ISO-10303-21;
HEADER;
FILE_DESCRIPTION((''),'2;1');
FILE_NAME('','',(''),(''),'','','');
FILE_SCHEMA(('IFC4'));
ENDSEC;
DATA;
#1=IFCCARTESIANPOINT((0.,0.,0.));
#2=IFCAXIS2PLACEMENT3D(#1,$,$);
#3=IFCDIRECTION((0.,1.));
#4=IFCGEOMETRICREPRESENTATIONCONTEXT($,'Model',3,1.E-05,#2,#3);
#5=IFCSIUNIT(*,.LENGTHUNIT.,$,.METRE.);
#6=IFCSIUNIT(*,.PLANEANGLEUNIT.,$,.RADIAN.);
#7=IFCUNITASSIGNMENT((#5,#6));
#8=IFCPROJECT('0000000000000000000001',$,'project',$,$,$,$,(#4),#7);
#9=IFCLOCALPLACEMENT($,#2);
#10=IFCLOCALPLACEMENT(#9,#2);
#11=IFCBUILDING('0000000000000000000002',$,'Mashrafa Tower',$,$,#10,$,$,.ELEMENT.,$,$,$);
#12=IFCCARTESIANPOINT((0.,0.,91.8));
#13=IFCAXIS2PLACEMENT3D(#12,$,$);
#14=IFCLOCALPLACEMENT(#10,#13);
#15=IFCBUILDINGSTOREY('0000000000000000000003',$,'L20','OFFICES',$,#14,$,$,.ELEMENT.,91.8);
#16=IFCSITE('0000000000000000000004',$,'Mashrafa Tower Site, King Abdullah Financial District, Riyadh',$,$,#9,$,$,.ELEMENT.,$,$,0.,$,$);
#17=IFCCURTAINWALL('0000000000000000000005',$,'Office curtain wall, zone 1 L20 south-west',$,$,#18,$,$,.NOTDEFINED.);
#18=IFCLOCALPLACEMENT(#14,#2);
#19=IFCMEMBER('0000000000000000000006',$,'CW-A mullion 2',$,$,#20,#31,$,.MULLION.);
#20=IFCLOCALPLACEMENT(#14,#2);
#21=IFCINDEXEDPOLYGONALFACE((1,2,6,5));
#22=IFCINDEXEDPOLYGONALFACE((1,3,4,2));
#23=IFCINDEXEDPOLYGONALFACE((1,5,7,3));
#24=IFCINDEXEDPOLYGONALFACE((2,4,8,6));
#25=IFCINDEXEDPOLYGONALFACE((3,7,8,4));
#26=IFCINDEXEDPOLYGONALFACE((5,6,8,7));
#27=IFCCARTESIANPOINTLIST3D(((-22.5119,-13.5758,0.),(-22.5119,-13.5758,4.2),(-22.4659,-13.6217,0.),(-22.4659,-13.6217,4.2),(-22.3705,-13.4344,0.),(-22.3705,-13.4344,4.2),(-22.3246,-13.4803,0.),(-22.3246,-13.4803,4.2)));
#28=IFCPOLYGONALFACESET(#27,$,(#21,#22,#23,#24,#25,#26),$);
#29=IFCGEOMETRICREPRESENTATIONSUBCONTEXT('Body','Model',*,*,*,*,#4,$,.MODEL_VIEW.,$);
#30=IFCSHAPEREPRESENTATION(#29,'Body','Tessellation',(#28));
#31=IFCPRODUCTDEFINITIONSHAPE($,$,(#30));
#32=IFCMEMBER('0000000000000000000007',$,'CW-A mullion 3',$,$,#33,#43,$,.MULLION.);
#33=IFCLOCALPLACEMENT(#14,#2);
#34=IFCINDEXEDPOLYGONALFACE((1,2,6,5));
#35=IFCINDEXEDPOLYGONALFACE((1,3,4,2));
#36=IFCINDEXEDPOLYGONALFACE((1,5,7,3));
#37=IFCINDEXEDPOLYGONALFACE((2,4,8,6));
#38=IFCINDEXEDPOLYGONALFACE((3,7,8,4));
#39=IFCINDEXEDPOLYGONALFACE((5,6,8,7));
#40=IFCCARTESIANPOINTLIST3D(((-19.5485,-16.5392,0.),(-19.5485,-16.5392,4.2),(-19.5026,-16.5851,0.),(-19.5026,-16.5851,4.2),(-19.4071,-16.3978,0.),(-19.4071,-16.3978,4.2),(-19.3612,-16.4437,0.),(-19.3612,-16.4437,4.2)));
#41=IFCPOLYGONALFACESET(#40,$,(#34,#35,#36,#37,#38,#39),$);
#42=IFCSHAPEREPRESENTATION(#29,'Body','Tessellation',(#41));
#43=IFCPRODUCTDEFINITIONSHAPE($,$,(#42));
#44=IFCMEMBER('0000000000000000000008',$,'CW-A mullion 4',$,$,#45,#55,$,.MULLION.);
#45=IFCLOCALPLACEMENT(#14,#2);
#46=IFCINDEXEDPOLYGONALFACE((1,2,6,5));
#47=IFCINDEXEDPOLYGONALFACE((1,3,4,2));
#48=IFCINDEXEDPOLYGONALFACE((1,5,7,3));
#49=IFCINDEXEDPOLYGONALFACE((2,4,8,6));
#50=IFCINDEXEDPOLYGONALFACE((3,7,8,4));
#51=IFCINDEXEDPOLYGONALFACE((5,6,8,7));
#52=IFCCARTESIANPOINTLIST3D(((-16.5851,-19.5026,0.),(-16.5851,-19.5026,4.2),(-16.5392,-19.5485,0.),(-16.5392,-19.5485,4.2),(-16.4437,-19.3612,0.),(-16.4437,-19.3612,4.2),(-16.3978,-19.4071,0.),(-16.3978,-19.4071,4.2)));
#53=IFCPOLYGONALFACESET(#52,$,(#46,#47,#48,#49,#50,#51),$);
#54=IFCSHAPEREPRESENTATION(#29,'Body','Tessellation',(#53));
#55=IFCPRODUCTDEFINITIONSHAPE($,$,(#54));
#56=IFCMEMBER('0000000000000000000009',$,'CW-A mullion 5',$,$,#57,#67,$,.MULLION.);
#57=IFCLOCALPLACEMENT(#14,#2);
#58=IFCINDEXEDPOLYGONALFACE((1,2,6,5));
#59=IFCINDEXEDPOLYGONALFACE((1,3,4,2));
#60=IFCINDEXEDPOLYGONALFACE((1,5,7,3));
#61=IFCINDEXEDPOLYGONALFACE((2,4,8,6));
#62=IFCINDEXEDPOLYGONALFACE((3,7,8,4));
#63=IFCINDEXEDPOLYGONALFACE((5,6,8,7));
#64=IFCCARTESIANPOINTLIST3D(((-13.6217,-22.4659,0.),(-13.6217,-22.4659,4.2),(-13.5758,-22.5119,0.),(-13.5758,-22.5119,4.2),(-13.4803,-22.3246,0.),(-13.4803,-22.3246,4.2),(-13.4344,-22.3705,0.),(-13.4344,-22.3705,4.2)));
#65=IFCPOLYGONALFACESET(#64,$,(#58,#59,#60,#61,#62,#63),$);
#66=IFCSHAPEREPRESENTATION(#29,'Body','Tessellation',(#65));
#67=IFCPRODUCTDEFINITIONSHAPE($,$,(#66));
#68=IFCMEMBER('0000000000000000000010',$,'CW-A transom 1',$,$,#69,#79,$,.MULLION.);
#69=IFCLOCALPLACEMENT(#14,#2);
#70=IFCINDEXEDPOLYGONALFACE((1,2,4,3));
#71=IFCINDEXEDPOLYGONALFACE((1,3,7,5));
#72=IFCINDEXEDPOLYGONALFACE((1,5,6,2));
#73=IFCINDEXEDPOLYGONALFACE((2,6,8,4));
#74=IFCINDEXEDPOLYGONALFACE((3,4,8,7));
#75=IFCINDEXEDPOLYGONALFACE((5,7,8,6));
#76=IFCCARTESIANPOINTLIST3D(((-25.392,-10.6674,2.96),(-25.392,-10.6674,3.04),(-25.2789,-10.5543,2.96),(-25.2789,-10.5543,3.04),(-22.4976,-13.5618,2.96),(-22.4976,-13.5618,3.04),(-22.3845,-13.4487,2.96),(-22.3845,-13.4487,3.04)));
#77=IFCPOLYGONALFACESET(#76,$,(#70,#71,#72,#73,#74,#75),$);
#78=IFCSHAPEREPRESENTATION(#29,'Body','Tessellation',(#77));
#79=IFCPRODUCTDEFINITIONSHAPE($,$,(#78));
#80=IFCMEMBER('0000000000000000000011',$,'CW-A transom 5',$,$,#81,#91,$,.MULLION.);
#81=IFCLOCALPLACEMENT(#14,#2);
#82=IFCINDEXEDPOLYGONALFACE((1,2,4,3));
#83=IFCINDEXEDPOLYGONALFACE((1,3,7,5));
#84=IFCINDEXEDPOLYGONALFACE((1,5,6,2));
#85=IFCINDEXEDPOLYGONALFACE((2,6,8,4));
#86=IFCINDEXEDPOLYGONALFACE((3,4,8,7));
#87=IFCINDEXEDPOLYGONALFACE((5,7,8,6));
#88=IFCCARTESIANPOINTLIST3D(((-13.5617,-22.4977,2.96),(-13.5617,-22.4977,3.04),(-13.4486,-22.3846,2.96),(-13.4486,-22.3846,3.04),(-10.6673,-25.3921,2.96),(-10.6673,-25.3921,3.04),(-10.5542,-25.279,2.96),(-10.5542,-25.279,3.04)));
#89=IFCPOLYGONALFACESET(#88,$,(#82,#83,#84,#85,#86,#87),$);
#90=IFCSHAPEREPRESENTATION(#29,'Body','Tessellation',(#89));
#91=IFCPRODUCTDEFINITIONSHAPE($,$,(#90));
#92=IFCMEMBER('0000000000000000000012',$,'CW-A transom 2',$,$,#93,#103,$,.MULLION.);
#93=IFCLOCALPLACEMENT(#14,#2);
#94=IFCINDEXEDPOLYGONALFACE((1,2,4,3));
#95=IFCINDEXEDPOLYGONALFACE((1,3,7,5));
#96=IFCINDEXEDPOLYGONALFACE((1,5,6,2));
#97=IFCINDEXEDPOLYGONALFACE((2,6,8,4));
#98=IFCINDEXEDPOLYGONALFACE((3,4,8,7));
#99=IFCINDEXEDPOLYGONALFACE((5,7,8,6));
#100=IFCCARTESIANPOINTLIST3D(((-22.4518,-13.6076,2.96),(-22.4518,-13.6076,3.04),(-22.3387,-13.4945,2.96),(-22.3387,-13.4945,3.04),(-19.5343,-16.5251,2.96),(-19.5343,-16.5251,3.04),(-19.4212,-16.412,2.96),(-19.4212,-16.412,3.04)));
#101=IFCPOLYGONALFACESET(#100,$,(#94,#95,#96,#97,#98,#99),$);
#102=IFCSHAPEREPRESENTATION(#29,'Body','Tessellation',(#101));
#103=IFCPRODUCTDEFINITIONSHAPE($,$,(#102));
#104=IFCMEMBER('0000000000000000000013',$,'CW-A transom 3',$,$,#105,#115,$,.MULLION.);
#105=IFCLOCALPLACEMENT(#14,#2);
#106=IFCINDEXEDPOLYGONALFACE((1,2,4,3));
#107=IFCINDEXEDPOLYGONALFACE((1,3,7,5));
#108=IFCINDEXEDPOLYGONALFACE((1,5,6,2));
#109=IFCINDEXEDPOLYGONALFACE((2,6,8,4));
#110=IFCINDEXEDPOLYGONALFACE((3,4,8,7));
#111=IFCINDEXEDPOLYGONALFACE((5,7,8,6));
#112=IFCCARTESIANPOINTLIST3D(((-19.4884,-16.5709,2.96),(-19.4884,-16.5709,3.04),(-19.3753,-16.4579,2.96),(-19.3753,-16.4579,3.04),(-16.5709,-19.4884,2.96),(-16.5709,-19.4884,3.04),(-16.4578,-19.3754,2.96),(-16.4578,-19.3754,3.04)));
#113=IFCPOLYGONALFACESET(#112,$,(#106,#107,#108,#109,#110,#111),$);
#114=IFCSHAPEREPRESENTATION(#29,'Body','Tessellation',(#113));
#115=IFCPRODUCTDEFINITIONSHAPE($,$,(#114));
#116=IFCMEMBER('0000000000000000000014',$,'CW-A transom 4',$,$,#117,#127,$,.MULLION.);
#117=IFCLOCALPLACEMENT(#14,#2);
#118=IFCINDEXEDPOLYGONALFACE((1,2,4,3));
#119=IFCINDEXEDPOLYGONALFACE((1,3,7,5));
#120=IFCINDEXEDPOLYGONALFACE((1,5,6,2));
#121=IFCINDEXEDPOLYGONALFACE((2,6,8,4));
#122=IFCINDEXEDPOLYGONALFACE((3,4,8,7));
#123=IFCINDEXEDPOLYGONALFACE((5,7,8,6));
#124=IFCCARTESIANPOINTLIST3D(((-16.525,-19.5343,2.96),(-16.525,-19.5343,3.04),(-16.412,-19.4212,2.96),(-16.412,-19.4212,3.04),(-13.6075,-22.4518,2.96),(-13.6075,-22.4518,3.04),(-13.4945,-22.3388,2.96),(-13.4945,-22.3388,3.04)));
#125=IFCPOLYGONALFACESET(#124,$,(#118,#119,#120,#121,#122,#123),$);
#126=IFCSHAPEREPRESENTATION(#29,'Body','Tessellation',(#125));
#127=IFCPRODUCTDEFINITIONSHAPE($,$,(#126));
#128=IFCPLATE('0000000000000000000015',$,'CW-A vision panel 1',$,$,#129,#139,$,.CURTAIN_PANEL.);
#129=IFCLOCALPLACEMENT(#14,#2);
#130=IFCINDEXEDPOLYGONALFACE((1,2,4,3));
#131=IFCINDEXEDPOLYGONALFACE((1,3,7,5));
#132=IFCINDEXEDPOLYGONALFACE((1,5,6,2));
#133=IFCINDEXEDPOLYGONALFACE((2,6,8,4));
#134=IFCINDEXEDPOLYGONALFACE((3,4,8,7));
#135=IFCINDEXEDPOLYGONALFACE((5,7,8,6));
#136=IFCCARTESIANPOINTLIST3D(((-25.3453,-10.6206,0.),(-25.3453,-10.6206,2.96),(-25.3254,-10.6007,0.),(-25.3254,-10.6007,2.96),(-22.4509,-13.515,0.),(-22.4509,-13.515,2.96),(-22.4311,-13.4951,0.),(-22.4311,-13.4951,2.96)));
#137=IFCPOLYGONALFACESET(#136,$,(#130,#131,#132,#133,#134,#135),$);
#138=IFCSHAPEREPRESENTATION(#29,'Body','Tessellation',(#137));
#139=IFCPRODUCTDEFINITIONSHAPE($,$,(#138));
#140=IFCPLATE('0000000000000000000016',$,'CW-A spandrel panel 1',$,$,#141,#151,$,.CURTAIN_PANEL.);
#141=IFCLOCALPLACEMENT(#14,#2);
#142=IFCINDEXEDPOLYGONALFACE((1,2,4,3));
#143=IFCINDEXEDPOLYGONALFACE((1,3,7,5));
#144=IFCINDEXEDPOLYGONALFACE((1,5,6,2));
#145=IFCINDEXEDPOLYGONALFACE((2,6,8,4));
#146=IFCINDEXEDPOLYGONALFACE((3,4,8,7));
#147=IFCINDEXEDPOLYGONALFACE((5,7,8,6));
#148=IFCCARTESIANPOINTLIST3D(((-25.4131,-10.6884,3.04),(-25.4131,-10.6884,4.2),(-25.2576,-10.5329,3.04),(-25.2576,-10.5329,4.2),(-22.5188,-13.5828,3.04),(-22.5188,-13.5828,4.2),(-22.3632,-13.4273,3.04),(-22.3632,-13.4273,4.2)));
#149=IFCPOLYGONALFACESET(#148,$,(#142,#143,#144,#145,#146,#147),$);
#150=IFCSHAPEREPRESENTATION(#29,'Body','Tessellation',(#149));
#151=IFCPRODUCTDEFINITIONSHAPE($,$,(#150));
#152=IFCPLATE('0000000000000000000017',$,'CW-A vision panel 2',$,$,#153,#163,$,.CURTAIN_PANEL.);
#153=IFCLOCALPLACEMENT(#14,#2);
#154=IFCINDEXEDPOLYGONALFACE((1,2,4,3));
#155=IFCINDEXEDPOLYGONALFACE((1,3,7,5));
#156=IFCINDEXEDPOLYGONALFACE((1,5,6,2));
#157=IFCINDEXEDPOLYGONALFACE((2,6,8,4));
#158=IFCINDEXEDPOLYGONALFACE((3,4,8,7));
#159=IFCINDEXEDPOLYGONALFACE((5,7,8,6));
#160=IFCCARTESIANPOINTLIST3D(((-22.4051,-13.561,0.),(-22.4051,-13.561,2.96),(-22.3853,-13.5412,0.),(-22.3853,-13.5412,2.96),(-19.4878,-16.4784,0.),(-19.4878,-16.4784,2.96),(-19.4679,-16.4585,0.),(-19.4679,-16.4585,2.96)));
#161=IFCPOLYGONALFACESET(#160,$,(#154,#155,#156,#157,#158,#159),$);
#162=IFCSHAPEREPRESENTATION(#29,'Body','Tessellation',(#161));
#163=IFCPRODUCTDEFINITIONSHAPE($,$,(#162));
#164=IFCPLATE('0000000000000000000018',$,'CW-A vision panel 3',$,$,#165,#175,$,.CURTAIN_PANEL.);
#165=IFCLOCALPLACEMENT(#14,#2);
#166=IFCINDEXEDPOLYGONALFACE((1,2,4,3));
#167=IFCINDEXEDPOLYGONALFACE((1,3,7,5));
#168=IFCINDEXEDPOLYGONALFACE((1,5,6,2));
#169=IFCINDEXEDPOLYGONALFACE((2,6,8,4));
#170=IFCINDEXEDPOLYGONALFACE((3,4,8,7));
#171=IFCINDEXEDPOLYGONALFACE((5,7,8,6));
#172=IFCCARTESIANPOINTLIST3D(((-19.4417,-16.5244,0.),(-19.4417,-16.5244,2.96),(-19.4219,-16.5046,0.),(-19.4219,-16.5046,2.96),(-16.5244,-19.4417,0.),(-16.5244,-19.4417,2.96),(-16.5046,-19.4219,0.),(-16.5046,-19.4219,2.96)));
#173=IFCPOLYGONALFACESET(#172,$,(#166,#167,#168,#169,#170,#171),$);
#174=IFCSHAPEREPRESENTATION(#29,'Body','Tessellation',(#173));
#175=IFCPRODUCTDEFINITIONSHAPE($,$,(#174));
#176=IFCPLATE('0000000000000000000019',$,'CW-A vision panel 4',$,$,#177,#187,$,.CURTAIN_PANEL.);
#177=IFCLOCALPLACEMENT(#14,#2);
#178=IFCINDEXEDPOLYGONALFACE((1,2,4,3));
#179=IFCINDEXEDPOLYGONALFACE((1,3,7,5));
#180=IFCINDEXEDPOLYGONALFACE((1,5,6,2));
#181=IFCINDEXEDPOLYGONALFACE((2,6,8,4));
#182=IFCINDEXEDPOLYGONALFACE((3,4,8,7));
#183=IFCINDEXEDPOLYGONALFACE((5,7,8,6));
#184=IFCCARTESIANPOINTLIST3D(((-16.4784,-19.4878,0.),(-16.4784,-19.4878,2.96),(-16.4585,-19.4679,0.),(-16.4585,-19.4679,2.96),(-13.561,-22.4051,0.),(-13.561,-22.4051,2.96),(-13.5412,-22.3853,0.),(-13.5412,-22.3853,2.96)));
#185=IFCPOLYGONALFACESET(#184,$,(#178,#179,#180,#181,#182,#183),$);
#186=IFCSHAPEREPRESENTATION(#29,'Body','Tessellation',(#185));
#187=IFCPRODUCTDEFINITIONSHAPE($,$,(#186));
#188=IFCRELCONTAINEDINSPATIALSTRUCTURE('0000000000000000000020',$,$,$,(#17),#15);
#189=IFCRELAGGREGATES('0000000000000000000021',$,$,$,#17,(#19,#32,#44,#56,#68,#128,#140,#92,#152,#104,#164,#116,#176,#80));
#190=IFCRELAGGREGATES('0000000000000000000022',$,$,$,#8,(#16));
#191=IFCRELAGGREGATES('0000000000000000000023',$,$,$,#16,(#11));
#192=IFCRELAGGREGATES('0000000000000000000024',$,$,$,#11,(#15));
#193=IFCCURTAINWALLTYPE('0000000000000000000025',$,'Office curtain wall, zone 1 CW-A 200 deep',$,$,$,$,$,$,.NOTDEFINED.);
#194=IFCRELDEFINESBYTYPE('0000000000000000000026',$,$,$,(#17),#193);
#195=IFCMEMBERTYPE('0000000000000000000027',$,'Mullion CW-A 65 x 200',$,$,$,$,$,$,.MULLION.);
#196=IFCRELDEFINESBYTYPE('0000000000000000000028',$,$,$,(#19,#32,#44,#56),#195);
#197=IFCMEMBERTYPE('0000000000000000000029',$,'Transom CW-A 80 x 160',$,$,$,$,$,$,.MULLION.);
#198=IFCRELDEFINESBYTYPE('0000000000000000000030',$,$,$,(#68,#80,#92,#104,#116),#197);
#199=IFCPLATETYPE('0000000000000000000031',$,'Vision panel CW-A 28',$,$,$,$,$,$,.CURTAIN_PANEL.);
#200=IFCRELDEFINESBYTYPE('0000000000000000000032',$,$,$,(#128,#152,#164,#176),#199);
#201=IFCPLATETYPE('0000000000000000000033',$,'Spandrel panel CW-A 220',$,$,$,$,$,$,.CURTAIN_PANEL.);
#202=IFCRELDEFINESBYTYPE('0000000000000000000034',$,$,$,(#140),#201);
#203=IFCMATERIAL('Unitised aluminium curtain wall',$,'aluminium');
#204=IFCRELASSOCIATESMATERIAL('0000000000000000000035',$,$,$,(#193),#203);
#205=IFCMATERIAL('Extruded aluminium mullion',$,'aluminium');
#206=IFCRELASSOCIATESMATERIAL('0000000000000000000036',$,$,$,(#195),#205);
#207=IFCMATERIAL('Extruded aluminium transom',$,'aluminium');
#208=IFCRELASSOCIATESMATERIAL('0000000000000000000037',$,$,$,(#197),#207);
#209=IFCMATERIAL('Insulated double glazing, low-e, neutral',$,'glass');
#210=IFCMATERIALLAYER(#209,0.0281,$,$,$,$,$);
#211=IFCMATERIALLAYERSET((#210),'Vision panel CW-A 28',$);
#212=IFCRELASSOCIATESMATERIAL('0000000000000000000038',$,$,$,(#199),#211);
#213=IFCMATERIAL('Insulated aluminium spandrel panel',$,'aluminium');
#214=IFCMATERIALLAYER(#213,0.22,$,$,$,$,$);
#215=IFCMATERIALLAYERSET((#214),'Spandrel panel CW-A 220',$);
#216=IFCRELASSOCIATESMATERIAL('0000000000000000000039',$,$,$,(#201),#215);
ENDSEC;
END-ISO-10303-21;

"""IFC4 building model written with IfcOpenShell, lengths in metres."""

from ifc_helpers import new_model, si_unit, direction, frame, origin, origin_2d, place, context, subcontext, project, spatial, rectangle, extrude, source, transform, mapped, material, layer, layer_set, material_profile, profile_set, type_object, type_shapes, element, aggregate, save


model = new_model("IFC4")

# Units and contexts
model_context = context("Model", 3, precision=1e-05, world=origin(), true_north=direction((0.0, 1.0)))
body_context = subcontext(model_context, "Body", "Model", "MODEL_VIEW")
ifc_project = project(units=[si_unit("LENGTHUNIT", "METRE"), si_unit("PLANEANGLEUNIT", "RADIAN")], contexts=[model_context])

# Site, building, storey
site_placement = place(None, origin())
site = spatial("IfcSite", under=ifc_project, at=site_placement, Name="Mashrafa Tower Site, King Abdullah Financial District, Riyadh", CompositionType="ELEMENT", RefElevation=0.0)
building_placement = place(site_placement, origin())
building = spatial("IfcBuilding", under=site, at=building_placement, Name="Mashrafa Tower", CompositionType="ELEMENT")
storey_placement = place(building_placement, frame((0.0, 0.0, 91.8)))
storey = spatial("IfcBuildingStorey", under=building, at=storey_placement, Name="L20", Description="OFFICES", CompositionType="ELEMENT", Elevation=91.8)

# Shared definitions
ifc_material_1 = material(Name="Unitised aluminium curtain wall", Category="aluminium")
curtain_wall_type = type_object("IfcCurtainWallType", Name="Office curtain wall, zone 1 CW-A 200 deep", PredefinedType="NOTDEFINED", material=ifc_material_1)
ifc_material_2 = material(Name="Extruded aluminium mullion", Category="aluminium")
ifc_material_profile_1 = material_profile(ifc_material_2, rectangle(XDim=0.2, YDim=0.0649, at=origin_2d()), Name="Mullion 65x200")
ifc_profile_set_1 = profile_set([ifc_material_profile_1], Name="Extruded aluminium mullion")
member_type_1 = type_object("IfcMemberType", Name="Mullion CW-A 65 x 200", PredefinedType="MULLION", material=ifc_profile_set_1)
shared_shape_1 = source(origin(), body_context, "Body", "SweptSolid", [
    extrude(rectangle(XDim=0.2, YDim=0.0649, at=origin_2d()), origin(), (0.0, 0.0, 1.0), 4.2),
])
type_shapes(member_type_1, [shared_shape_1])

# Curtain wall, members, plates
curtain_wall_1_placement = place(storey_placement, origin())
curtain_wall_1 = element("IfcCurtainWall", 1, at=curtain_wall_1_placement, inside=storey, type_object=curtain_wall_type, Name="Office curtain wall, zone 1 L20 south-west", PredefinedType="NOTDEFINED")
member_1_placement = place(storey_placement, frame((-22.4182, -13.5281, 0.0), z_axis=(0.0, 0.0, 1.0), x_axis=(0.707107, 0.707107, 0.0)))
member_1 = element("IfcMember", 2, at=member_1_placement, type_object=member_type_1, Name="CW-A mullion 2", PredefinedType="MULLION", context=body_context, shape_type="MappedRepresentation", body=[
    mapped(shared_shape_1, transform((0.0, 0.0, 0.0))),
])
member_2_placement = place(storey_placement, frame((-19.4548, -16.4915, 0.0), z_axis=(0.0, 0.0, 1.0), x_axis=(0.707107, 0.707107, 0.0)))
member_2 = element("IfcMember", 3, at=member_2_placement, type_object=member_type_1, Name="CW-A mullion 3", PredefinedType="MULLION", context=body_context, shape_type="MappedRepresentation", body=[
    mapped(shared_shape_1, transform((0.0, 0.0, 0.0))),
])
member_3_placement = place(storey_placement, frame((-16.4915, -19.4548, 0.0), z_axis=(0.0, 0.0, 1.0), x_axis=(0.707107, 0.707107, 0.0)))
member_3 = element("IfcMember", 4, at=member_3_placement, type_object=member_type_1, Name="CW-A mullion 4", PredefinedType="MULLION", context=body_context, shape_type="MappedRepresentation", body=[
    mapped(shared_shape_1, transform((0.0, 0.0, 0.0))),
])
member_4_placement = place(storey_placement, frame((-13.5281, -22.4182, 0.0), z_axis=(0.0, 0.0, 1.0), x_axis=(0.707107, 0.707107, 0.0)))
member_4 = element("IfcMember", 5, at=member_4_placement, type_object=member_type_1, Name="CW-A mullion 5", PredefinedType="MULLION", context=body_context, shape_type="MappedRepresentation", body=[
    mapped(shared_shape_1, transform((0.0, 0.0, 0.0))),
])
ifc_material_3 = material(Name="Extruded aluminium transom", Category="aluminium")
ifc_material_profile_2 = material_profile(ifc_material_3, rectangle(XDim=0.1599, YDim=0.0801, at=origin_2d()), Name="Transom 80x160")
ifc_profile_set_2 = profile_set([ifc_material_profile_2], Name="Extruded aluminium transom")
member_type_2 = type_object("IfcMemberType", Name="Transom CW-A 80 x 160", PredefinedType="MULLION", material=ifc_profile_set_2)
shared_shape_2 = source(origin(), body_context, "Body", "SweptSolid", [
    extrude(rectangle(XDim=0.1599, YDim=0.0801, at=origin_2d()), origin(), (0.0, 0.0, 1.0), 4.0933),
])
member_5_placement = place(storey_placement, frame((-25.3354, -10.6108, 3.0), z_axis=(0.707107, -0.707107, 0.0), x_axis=(0.707107, 0.707107, 0.0)))
member_5 = element("IfcMember", 6, at=member_5_placement, type_object=member_type_2, Name="CW-A transom 1", PredefinedType="MULLION", context=body_context, shape_type="MappedRepresentation", body=[
    mapped(shared_shape_2, transform((0.0, 0.0, 0.0))),
])
member_6_placement = place(storey_placement, frame((-13.5051, -22.4412, 3.0), z_axis=(0.707107, -0.707107, 0.0), x_axis=(0.707107, 0.707107, 0.0)))
member_6 = element("IfcMember", 7, at=member_6_placement, type_object=member_type_2, Name="CW-A transom 5", PredefinedType="MULLION", context=body_context, shape_type="MappedRepresentation", body=[
    mapped(shared_shape_2, transform((0.0, 0.0, 0.0))),
])
shared_shape_3 = source(origin(), body_context, "Body", "SweptSolid", [
    extrude(rectangle(XDim=0.1599, YDim=0.0801, at=origin_2d()), origin(), (0.0, 0.0, 1.0), 4.126),
])
type_shapes(member_type_2, [shared_shape_2, shared_shape_3])
member_7_placement = place(storey_placement, frame((-22.3953, -13.551, 3.0), z_axis=(0.707107, -0.707107, 0.0), x_axis=(0.707107, 0.707107, 0.0)))
member_7 = element("IfcMember", 8, at=member_7_placement, type_object=member_type_2, Name="CW-A transom 2", PredefinedType="MULLION", context=body_context, shape_type="MappedRepresentation", body=[
    mapped(shared_shape_3, transform((0.0, 0.0, 0.0))),
])
member_8_placement = place(storey_placement, frame((-19.4319, -16.5144, 3.0), z_axis=(0.707107, -0.707107, 0.0), x_axis=(0.707107, 0.707107, 0.0)))
member_8 = element("IfcMember", 9, at=member_8_placement, type_object=member_type_2, Name="CW-A transom 3", PredefinedType="MULLION", context=body_context, shape_type="MappedRepresentation", body=[
    mapped(shared_shape_3, transform((0.0, 0.0, 0.0))),
])
member_9_placement = place(storey_placement, frame((-16.4685, -19.4778, 3.0), z_axis=(0.707107, -0.707107, 0.0), x_axis=(0.707107, 0.707107, 0.0)))
member_9 = element("IfcMember", 10, at=member_9_placement, type_object=member_type_2, Name="CW-A transom 4", PredefinedType="MULLION", context=body_context, shape_type="MappedRepresentation", body=[
    mapped(shared_shape_3, transform((0.0, 0.0, 0.0))),
])
ifc_material_4 = material(Name="Insulated double glazing, low-e, neutral", Category="glass")
ifc_layer_1 = layer(ifc_material_4, 0.0281)
ifc_layer_set_1 = layer_set([ifc_layer_1], Name="Vision panel CW-A 28")
plate_type_1 = type_object("IfcPlateType", Name="Vision panel CW-A 28", PredefinedType="CURTAIN_PANEL", material=ifc_layer_set_1)
shared_shape_4 = source(origin(), body_context, "Body", "SweptSolid", [
    extrude(rectangle(XDim=4.0933, YDim=0.0281, at=origin_2d()), origin(), (0.0, 0.0, 1.0), 2.96),
])
plate_1_placement = place(storey_placement, frame((-23.8882, -12.0579, 0.0), z_axis=(0.0, 0.0, 1.0), x_axis=(0.707107, -0.707107, 0.0)))
plate_1 = element("IfcPlate", 11, at=plate_1_placement, type_object=plate_type_1, Name="CW-A vision panel 1", PredefinedType="CURTAIN_PANEL", context=body_context, shape_type="MappedRepresentation", body=[
    mapped(shared_shape_4, transform((0.0, 0.0, 0.0))),
])
ifc_material_5 = material(Name="Insulated aluminium spandrel panel", Category="aluminium")
ifc_layer_2 = layer(ifc_material_5, 0.22)
ifc_layer_set_2 = layer_set([ifc_layer_2], Name="Spandrel panel CW-A 220")
plate_type_2 = type_object("IfcPlateType", Name="Spandrel panel CW-A 220", PredefinedType="CURTAIN_PANEL", material=ifc_layer_set_2)
shared_shape_5 = source(origin(), body_context, "Body", "SweptSolid", [
    extrude(rectangle(XDim=4.0933, YDim=0.22, at=origin_2d()), origin(), (0.0, 0.0, 1.0), 1.1599),
])
plate_2_placement = place(storey_placement, frame((-23.8882, -12.0579, 3.04), z_axis=(0.0, 0.0, 1.0), x_axis=(0.707107, -0.707107, 0.0)))
plate_2 = element("IfcPlate", 12, at=plate_2_placement, type_object=plate_type_2, Name="CW-A spandrel panel 1", PredefinedType="CURTAIN_PANEL", context=body_context, shape_type="MappedRepresentation", body=[
    mapped(shared_shape_5, transform((0.0, 0.0, 0.0))),
])
shared_shape_6 = source(origin(), body_context, "Body", "SweptSolid", [
    extrude(rectangle(XDim=4.1257, YDim=0.0281, at=origin_2d()), origin(), (0.0, 0.0, 1.0), 2.96),
])
type_shapes(plate_type_1, [shared_shape_4, shared_shape_6])
plate_3_placement = place(storey_placement, frame((-20.9365, -15.0098, 0.0), z_axis=(0.0, 0.0, 1.0), x_axis=(0.707107, -0.707107, 0.0)))
plate_3 = element("IfcPlate", 13, at=plate_3_placement, type_object=plate_type_1, Name="CW-A vision panel 2", PredefinedType="CURTAIN_PANEL", context=body_context, shape_type="MappedRepresentation", body=[
    mapped(shared_shape_6, transform((0.0, 0.0, 0.0))),
])
plate_4_placement = place(storey_placement, frame((-17.9731, -17.9731, 0.0), z_axis=(0.0, 0.0, 1.0), x_axis=(0.707107, -0.707107, 0.0)))
plate_4 = element("IfcPlate", 14, at=plate_4_placement, type_object=plate_type_1, Name="CW-A vision panel 3", PredefinedType="CURTAIN_PANEL", context=body_context, shape_type="MappedRepresentation", body=[
    mapped(shared_shape_6, transform((0.0, 0.0, 0.0))),
])
plate_5_placement = place(storey_placement, frame((-15.0098, -20.9365, 0.0), z_axis=(0.0, 0.0, 1.0), x_axis=(0.707107, -0.707107, 0.0)))
plate_5 = element("IfcPlate", 15, at=plate_5_placement, type_object=plate_type_1, Name="CW-A vision panel 4", PredefinedType="CURTAIN_PANEL", context=body_context, shape_type="MappedRepresentation", body=[
    mapped(shared_shape_6, transform((0.0, 0.0, 0.0))),
])
aggregate(curtain_wall_1, [member_1, member_2, member_3, member_4, member_5, plate_1, plate_2, member_7, plate_3, member_8, plate_4, member_9, plate_5, member_6])

save(model, "model.ifc")
